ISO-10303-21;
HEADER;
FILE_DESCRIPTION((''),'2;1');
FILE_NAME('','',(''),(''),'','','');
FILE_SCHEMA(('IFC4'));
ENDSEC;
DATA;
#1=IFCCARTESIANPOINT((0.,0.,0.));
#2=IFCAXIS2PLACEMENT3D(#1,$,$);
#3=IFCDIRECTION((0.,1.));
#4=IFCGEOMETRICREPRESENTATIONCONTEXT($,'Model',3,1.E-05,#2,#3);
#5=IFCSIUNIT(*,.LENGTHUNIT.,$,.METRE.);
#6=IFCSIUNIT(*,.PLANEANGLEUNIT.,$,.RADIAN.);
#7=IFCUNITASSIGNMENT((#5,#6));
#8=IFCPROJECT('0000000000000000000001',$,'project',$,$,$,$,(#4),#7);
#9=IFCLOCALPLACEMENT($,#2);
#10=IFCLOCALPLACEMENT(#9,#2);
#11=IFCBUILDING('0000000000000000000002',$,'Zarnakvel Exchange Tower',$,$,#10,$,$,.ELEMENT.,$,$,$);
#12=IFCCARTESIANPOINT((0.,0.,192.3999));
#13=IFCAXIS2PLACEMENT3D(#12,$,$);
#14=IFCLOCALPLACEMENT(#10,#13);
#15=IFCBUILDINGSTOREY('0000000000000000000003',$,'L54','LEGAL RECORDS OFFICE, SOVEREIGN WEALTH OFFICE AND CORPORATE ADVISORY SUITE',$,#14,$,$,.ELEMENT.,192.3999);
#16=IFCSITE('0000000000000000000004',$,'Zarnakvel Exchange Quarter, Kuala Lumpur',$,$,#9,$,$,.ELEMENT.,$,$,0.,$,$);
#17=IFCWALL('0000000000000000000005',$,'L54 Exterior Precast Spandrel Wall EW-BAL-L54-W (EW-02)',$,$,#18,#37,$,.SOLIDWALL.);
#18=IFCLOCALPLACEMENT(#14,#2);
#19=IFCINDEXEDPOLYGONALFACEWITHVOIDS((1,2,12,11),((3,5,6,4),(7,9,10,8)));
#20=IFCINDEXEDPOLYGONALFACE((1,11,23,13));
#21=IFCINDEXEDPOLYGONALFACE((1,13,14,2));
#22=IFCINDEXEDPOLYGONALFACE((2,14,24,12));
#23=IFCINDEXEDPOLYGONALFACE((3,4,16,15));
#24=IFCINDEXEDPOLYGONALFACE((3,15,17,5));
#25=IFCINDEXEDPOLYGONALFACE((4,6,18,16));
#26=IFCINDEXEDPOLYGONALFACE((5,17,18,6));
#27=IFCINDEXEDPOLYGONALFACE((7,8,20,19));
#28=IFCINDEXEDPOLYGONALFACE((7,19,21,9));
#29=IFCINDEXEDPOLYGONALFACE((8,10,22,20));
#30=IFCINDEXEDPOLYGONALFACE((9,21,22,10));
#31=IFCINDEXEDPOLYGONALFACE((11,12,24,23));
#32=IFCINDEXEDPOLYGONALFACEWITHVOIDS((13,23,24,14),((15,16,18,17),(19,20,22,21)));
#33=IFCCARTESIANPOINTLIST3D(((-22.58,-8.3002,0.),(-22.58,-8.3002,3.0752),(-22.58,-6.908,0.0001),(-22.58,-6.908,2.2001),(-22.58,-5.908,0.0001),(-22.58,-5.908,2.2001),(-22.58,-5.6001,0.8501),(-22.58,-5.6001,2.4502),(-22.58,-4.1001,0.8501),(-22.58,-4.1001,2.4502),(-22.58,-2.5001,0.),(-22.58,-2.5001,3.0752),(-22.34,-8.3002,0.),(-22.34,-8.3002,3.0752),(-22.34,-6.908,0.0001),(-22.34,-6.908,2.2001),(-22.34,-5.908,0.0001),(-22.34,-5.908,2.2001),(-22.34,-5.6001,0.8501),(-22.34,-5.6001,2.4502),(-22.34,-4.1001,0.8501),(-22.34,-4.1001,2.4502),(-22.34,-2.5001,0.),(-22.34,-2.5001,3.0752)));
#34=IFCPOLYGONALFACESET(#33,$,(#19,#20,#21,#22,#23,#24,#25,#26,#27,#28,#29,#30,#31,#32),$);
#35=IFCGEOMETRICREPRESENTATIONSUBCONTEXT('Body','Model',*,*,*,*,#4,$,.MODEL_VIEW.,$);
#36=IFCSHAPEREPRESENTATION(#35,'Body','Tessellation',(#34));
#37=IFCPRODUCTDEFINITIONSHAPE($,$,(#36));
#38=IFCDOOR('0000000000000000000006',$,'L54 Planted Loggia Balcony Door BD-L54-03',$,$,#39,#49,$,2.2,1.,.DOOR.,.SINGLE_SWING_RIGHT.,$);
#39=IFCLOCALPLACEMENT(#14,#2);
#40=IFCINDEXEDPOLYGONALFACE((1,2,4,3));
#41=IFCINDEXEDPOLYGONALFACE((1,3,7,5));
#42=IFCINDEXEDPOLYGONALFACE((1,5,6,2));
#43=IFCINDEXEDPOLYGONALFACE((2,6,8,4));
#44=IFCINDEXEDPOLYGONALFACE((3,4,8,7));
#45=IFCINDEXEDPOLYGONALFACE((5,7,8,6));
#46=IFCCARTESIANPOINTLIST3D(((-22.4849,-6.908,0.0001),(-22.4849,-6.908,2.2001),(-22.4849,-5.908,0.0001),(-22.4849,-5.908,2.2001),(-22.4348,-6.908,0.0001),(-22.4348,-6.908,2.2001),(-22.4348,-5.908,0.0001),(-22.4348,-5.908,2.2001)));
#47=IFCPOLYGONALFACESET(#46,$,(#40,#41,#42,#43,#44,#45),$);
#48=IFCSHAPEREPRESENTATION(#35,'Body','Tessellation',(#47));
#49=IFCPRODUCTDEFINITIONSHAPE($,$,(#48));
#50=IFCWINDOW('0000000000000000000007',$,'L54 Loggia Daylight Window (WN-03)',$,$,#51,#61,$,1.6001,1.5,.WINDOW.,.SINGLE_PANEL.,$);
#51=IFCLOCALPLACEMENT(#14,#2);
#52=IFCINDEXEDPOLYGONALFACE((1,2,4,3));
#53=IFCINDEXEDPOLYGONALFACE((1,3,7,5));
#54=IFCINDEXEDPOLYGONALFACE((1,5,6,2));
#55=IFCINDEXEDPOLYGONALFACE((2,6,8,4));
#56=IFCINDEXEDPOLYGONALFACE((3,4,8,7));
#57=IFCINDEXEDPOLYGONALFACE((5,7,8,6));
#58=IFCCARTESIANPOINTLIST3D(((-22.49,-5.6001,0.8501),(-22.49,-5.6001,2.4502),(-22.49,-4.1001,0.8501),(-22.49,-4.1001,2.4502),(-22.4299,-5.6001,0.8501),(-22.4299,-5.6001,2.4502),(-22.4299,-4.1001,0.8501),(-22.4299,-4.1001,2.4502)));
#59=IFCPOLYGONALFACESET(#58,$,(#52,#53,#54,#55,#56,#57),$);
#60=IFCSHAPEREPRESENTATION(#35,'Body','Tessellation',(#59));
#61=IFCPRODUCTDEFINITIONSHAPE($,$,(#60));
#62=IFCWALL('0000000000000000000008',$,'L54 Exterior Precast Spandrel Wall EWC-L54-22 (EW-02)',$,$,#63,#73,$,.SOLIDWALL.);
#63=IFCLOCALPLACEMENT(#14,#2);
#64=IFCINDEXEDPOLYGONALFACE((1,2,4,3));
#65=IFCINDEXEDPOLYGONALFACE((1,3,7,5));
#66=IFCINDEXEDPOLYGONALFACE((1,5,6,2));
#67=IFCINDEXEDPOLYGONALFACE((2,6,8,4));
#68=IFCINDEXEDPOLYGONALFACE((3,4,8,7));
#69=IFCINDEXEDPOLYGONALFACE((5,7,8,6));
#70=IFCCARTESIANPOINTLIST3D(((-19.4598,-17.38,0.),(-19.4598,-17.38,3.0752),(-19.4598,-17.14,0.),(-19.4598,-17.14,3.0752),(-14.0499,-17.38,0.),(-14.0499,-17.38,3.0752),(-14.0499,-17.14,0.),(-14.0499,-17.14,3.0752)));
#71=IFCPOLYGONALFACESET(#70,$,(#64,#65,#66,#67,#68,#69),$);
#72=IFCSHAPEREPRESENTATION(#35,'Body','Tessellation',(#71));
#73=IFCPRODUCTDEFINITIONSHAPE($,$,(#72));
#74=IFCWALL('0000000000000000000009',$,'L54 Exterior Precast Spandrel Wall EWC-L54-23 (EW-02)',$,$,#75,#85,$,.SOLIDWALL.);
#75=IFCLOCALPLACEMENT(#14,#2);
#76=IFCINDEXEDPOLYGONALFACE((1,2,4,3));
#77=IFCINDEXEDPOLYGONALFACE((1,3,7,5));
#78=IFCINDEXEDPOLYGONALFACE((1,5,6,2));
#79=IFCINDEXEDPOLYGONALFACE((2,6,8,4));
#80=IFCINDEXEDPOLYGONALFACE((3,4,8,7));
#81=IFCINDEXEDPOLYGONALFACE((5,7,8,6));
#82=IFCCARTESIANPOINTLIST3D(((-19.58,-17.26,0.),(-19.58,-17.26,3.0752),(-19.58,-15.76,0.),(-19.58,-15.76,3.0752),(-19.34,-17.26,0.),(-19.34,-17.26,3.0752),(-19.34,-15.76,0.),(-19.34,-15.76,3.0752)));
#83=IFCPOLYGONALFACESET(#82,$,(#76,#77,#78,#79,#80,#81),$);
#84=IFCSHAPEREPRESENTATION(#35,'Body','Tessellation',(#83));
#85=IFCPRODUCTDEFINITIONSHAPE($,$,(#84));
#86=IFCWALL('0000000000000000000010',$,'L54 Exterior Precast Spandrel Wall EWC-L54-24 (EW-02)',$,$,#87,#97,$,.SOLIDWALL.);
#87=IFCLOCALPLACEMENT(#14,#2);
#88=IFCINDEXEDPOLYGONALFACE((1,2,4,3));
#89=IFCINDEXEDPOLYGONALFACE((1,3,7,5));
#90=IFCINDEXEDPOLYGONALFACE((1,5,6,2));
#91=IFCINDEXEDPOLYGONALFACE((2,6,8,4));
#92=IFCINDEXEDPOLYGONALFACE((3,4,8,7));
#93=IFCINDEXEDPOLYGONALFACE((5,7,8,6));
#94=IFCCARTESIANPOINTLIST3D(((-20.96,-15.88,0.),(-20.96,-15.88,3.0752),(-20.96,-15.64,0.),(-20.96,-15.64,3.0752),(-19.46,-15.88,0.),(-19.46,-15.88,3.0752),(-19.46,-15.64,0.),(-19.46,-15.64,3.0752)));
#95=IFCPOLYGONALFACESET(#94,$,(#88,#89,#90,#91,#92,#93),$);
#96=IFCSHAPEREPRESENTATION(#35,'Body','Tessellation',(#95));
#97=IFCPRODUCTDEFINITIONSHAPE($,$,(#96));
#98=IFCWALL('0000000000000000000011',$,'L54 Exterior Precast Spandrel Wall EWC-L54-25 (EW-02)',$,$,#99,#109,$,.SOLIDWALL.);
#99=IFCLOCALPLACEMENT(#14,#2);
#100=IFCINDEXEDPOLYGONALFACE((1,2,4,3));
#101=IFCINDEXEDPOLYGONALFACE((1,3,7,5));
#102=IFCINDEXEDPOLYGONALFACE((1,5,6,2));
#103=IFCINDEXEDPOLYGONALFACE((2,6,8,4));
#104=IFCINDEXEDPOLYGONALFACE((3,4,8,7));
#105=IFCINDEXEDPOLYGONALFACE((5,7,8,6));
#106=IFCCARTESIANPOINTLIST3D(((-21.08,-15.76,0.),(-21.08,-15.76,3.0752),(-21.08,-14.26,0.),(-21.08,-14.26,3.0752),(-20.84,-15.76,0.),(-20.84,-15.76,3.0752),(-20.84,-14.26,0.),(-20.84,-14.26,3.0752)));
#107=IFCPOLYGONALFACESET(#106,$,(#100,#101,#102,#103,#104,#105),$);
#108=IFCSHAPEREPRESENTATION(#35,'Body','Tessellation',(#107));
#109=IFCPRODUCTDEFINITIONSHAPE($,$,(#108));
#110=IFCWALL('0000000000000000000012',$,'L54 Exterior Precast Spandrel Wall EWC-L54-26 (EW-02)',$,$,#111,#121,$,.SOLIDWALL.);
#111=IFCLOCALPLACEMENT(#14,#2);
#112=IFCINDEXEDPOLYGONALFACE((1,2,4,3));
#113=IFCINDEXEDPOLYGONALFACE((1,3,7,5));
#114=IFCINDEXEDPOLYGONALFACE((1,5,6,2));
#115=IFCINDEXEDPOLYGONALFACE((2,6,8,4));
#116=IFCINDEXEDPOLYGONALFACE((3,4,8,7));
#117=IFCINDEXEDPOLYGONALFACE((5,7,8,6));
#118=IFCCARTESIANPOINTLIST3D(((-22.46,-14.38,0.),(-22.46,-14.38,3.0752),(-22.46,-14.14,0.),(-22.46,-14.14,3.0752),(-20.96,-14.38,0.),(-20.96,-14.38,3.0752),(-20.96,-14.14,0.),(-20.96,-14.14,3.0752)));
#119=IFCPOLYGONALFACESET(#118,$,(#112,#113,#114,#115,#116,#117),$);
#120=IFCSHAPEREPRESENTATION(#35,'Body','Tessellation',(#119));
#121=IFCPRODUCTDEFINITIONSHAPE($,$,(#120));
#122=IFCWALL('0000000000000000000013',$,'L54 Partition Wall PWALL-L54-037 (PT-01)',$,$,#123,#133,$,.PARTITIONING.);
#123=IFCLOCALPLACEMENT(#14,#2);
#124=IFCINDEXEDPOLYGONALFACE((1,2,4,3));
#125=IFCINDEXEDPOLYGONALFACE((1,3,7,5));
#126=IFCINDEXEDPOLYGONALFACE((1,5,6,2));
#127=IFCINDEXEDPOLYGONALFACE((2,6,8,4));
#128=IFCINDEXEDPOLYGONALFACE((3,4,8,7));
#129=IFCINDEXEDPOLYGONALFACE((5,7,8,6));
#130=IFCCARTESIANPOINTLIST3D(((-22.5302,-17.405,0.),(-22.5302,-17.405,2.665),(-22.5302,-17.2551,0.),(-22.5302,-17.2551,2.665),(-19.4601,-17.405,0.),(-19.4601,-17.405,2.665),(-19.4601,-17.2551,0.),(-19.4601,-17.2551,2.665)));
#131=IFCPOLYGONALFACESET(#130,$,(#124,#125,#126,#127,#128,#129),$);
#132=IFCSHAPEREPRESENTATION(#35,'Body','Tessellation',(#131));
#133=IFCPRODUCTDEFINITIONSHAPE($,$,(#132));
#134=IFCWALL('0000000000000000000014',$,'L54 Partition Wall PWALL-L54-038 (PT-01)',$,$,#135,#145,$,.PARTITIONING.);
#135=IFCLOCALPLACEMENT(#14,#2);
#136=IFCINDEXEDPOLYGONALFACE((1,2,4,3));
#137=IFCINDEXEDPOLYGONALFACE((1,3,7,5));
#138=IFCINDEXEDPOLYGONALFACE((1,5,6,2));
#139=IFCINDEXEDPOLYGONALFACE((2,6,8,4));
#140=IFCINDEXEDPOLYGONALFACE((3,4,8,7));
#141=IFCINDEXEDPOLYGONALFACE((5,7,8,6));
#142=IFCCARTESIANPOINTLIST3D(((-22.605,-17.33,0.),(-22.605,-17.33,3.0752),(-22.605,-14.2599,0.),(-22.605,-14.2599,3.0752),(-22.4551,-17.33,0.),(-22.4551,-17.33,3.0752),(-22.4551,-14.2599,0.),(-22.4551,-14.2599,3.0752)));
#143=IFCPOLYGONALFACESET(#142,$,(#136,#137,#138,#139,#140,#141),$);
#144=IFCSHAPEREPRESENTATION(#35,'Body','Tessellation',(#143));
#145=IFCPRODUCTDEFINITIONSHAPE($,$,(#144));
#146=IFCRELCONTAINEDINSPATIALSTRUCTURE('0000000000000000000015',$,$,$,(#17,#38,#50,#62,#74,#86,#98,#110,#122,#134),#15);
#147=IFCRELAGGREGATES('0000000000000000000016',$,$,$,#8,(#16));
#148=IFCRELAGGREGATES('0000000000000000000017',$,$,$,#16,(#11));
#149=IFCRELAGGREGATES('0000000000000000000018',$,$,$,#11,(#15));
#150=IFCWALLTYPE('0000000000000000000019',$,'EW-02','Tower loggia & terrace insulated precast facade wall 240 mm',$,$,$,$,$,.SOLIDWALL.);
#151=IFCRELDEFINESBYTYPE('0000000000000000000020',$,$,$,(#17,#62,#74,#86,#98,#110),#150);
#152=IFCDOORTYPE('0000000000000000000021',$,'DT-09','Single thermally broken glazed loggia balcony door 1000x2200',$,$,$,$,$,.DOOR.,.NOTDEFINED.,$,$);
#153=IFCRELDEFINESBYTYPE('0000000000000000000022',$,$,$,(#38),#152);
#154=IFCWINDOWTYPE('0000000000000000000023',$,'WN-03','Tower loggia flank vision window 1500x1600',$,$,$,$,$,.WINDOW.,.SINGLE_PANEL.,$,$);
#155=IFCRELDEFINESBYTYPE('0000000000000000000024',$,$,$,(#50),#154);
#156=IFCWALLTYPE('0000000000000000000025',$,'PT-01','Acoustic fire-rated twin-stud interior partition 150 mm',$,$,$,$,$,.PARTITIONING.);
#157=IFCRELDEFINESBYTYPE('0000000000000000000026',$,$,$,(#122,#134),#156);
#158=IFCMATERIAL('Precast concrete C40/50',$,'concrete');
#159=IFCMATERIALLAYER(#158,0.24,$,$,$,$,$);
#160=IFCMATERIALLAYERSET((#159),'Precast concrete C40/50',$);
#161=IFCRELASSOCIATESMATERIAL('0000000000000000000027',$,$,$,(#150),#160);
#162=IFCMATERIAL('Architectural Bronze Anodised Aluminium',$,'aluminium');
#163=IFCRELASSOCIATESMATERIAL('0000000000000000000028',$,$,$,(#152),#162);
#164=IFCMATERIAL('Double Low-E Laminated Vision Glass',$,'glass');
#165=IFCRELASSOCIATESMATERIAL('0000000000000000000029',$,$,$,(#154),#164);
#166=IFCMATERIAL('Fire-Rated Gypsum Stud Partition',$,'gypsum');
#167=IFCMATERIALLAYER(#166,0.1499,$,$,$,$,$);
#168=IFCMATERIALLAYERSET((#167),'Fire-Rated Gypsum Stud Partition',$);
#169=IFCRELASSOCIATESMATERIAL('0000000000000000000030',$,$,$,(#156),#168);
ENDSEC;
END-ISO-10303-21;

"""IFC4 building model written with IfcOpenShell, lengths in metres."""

from ifc_helpers import new_model, si_unit, direction, frame, frame_2d, origin, place, context, subcontext, project, spatial, rectangle, extrude, source, transform, mapped, material, layer, layer_set, type_object, element, fill, save


model = new_model("IFC4")

# Units and contexts
model_context = context("Model", 3, precision=1e-05, world=origin(), true_north=direction((0.0, 1.0)))
body_context = subcontext(model_context, "Body", "Model", "MODEL_VIEW")
ifc_project = project(units=[si_unit("LENGTHUNIT", "METRE"), si_unit("PLANEANGLEUNIT", "RADIAN")], contexts=[model_context])

# Site, building, storey
site_placement = place(None, origin())
site = spatial("IfcSite", under=ifc_project, at=site_placement, Name="Zarnakvel Exchange Quarter, Kuala Lumpur", CompositionType="ELEMENT", RefElevation=0.0)
building_placement = place(site_placement, origin())
building = spatial("IfcBuilding", under=site, at=building_placement, Name="Zarnakvel Exchange Tower", CompositionType="ELEMENT")
storey_placement = place(building_placement, frame((0.0, 0.0, 192.3999)))
storey = spatial("IfcBuildingStorey", under=building, at=storey_placement, Name="L54", Description="LEGAL RECORDS OFFICE, SOVEREIGN WEALTH OFFICE AND CORPORATE ADVISORY SUITE", CompositionType="ELEMENT", Elevation=192.3999)

# Wall, openings, door, window
ifc_material_1 = material(Name="Precast concrete C40/50", Category="concrete")
ifc_layer_1 = layer(ifc_material_1, 0.24)
ifc_layer_set_1 = layer_set([ifc_layer_1], Name="Precast concrete C40/50")
wall_type_1 = type_object("IfcWallType", Name="EW-02", Description="Tower loggia & terrace insulated precast facade wall 240 mm", PredefinedType="SOLIDWALL", material=ifc_layer_set_1)
wall_1_placement = place(storey_placement, frame((-22.46, -8.3, 0.0), z_axis=(0.0, 0.0, 1.0), x_axis=(0.0, 1.0, 0.0)))
wall_1 = element("IfcWall", 1, at=wall_1_placement, inside=storey, type_object=wall_type_1, Name="L54 Exterior Precast Spandrel Wall EW-BAL-L54-W (EW-02)", PredefinedType="SOLIDWALL", context=body_context, shape_type="SweptSolid", body=[
    extrude(rectangle(XDim=5.8, YDim=0.24, at=frame_2d((2.8999, 0.0))), origin(), (0.0, 0.0, 1.0), 3.0752),
])
opening_1_placement = place(wall_1_placement, frame((1.3921, 0.0, 0.0)))
opening_1 = element("IfcOpeningElement", 2, at=opening_1_placement, cuts=wall_1, PredefinedType="OPENING", context=body_context, shape_type="SweptSolid", body=[
    extrude(rectangle(XDim=1.0, YDim=2.2, at=frame_2d((0.5, 1.1001))), frame((0.0, 0.1299, 0.0), z_axis=(0.0, -1.0, 0.0), x_axis=(1.0, 0.0, 0.0)), (0.0, 0.0, 1.0), 0.26),
])
opening_2_placement = place(wall_1_placement, frame((2.7, 0.0, 0.8501)))
opening_2 = element("IfcOpeningElement", 3, at=opening_2_placement, cuts=wall_1, PredefinedType="OPENING", context=body_context, shape_type="SweptSolid", body=[
    extrude(rectangle(XDim=1.5, YDim=1.6001, at=frame_2d((0.75, 0.8))), frame((0.0, 0.1299, 0.0), z_axis=(0.0, -1.0, 0.0), x_axis=(1.0, 0.0, 0.0)), (0.0, 0.0, 1.0), 0.26),
])
ifc_material_2 = material(Name="Architectural Bronze Anodised Aluminium", Category="aluminium")
door_type = type_object("IfcDoorType", Name="DT-09", Description="Single thermally broken glazed loggia balcony door 1000x2200", OperationType="NOTDEFINED", PredefinedType="DOOR", material=ifc_material_2)
shared_shape_1 = source(origin(), body_context, "Body", "SweptSolid", [
    extrude(rectangle(XDim=1.0, YDim=2.2, at=frame_2d((0.5, 1.1001))), frame((0.0, 0.0249, 0.0), z_axis=(0.0, -1.0, 0.0), x_axis=(1.0, 0.0, 0.0)), (0.0, 0.0, 1.0), 0.05),
])
door_placement = place(opening_1_placement, origin())
door = element("IfcDoor", 4, at=door_placement, inside=storey, type_object=door_type, Name="L54 Planted Loggia Balcony Door BD-L54-03", OperationType="SINGLE_SWING_RIGHT", OverallHeight=2.2, OverallWidth=1.0, PredefinedType="DOOR", context=body_context, shape_type="MappedRepresentation", body=[
    mapped(shared_shape_1, transform((0.0, 0.0, 0.0), x_axis=(1.0, 0.0, 0.0), y_axis=(0.0, 1.0, 0.0), z_axis=(0.0, 0.0, 1.0), scale=1.0)),
])
fill(opening_1, door)
ifc_material_3 = material(Name="Double Low-E Laminated Vision Glass", Category="glass")
window_type = type_object("IfcWindowType", Name="WN-03", Description="Tower loggia flank vision window 1500x1600", PartitioningType="SINGLE_PANEL", PredefinedType="WINDOW", material=ifc_material_3)
shared_shape_2 = source(origin(), body_context, "Body", "SweptSolid", [
    extrude(rectangle(XDim=1.5, YDim=1.6001, at=frame_2d((0.75, 0.8))), frame((0.0, 0.03, 0.0), z_axis=(0.0, -1.0, 0.0), x_axis=(1.0, 0.0, 0.0)), (0.0, 0.0, 1.0), 0.0601),
])
window_placement = place(opening_2_placement, origin())
window = element("IfcWindow", 5, at=window_placement, inside=storey, type_object=window_type, Name="L54 Loggia Daylight Window (WN-03)", OverallHeight=1.6001, OverallWidth=1.5, PartitioningType="SINGLE_PANEL", PredefinedType="WINDOW", context=body_context, shape_type="MappedRepresentation", body=[
    mapped(shared_shape_2, transform((0.0, 0.0, 0.0), x_axis=(1.0, 0.0, 0.0), y_axis=(0.0, 1.0, 0.0), z_axis=(0.0, 0.0, 1.0), scale=1.0)),
])
fill(opening_2, window)

# Walls
wall_2_placement = place(storey_placement, frame((-19.46, -17.26, 0.0), z_axis=(0.0, 0.0, 1.0), x_axis=(1.0, 0.0, 0.0)))
element("IfcWall", 6, at=wall_2_placement, inside=storey, type_object=wall_type_1, Name="L54 Exterior Precast Spandrel Wall EWC-L54-22 (EW-02)", PredefinedType="SOLIDWALL", context=body_context, shape_type="SweptSolid", body=[
    extrude(rectangle(XDim=5.4099, YDim=0.24, at=frame_2d((2.7051, 0.0))), origin(), (0.0, 0.0, 1.0), 3.0752),
])
for number, where, z_axis, x_axis, name in (
    (7, (-19.46, -15.76, 0.0), (0.0, 0.0, 1.0), (0.0, -1.0, 0.0), "L54 Exterior Precast Spandrel Wall EWC-L54-23 (EW-02)"),
    (8, (-20.96, -15.76, 0.0), (0.0, 0.0, 1.0), (1.0, 0.0, 0.0), "L54 Exterior Precast Spandrel Wall EWC-L54-24 (EW-02)"),
    (9, (-20.96, -14.26, 0.0), (0.0, 0.0, 1.0), (0.0, -1.0, 0.0), "L54 Exterior Precast Spandrel Wall EWC-L54-25 (EW-02)"),
    (10, (-22.46, -14.26, 0.0), (0.0, 0.0, 1.0), (1.0, 0.0, 0.0), "L54 Exterior Precast Spandrel Wall EWC-L54-26 (EW-02)"),
):
    element("IfcWall", number, at=place(storey_placement, frame(where, z_axis=z_axis, x_axis=x_axis)), inside=storey, type_object=wall_type_1, Name=name, PredefinedType="SOLIDWALL", context=body_context, shape_type="SweptSolid", body=[
        extrude(rectangle(XDim=1.5, YDim=0.24, at=frame_2d((0.75, 0.0))), origin(), (0.0, 0.0, 1.0), 3.0752),
    ])
ifc_material_4 = material(Name="Fire-Rated Gypsum Stud Partition", Category="gypsum")
ifc_layer_2 = layer(ifc_material_4, 0.1499)
ifc_layer_set_2 = layer_set([ifc_layer_2], Name="Fire-Rated Gypsum Stud Partition")
wall_type_2 = type_object("IfcWallType", Name="PT-01", Description="Acoustic fire-rated twin-stud interior partition 150 mm", PredefinedType="PARTITIONING", material=ifc_layer_set_2)
wall_3_placement = place(storey_placement, frame((-19.46, -17.3301, 0.0), z_axis=(0.0, 0.0, 1.0), x_axis=(-1.0, 0.0, 0.0)))
element("IfcWall", 11, at=wall_3_placement, inside=storey, type_object=wall_type_2, Name="L54 Partition Wall PWALL-L54-037 (PT-01)", PredefinedType="PARTITIONING", context=body_context, shape_type="SweptSolid", body=[
    extrude(rectangle(XDim=3.0701, YDim=0.1499, at=frame_2d((1.5352, 0.0))), origin(), (0.0, 0.0, 1.0), 2.665),
])
wall_4_placement = place(storey_placement, frame((-22.53, -17.3301, 0.0), z_axis=(0.0, 0.0, 1.0), x_axis=(0.0, 1.0, 0.0)))
element("IfcWall", 12, at=wall_4_placement, inside=storey, type_object=wall_type_2, Name="L54 Partition Wall PWALL-L54-038 (PT-01)", PredefinedType="PARTITIONING", context=body_context, shape_type="SweptSolid", body=[
    extrude(rectangle(XDim=3.0701, YDim=0.1499, at=frame_2d((1.5352, 0.0))), origin(), (0.0, 0.0, 1.0), 3.0752),
])

save(model, "model.ifc")
